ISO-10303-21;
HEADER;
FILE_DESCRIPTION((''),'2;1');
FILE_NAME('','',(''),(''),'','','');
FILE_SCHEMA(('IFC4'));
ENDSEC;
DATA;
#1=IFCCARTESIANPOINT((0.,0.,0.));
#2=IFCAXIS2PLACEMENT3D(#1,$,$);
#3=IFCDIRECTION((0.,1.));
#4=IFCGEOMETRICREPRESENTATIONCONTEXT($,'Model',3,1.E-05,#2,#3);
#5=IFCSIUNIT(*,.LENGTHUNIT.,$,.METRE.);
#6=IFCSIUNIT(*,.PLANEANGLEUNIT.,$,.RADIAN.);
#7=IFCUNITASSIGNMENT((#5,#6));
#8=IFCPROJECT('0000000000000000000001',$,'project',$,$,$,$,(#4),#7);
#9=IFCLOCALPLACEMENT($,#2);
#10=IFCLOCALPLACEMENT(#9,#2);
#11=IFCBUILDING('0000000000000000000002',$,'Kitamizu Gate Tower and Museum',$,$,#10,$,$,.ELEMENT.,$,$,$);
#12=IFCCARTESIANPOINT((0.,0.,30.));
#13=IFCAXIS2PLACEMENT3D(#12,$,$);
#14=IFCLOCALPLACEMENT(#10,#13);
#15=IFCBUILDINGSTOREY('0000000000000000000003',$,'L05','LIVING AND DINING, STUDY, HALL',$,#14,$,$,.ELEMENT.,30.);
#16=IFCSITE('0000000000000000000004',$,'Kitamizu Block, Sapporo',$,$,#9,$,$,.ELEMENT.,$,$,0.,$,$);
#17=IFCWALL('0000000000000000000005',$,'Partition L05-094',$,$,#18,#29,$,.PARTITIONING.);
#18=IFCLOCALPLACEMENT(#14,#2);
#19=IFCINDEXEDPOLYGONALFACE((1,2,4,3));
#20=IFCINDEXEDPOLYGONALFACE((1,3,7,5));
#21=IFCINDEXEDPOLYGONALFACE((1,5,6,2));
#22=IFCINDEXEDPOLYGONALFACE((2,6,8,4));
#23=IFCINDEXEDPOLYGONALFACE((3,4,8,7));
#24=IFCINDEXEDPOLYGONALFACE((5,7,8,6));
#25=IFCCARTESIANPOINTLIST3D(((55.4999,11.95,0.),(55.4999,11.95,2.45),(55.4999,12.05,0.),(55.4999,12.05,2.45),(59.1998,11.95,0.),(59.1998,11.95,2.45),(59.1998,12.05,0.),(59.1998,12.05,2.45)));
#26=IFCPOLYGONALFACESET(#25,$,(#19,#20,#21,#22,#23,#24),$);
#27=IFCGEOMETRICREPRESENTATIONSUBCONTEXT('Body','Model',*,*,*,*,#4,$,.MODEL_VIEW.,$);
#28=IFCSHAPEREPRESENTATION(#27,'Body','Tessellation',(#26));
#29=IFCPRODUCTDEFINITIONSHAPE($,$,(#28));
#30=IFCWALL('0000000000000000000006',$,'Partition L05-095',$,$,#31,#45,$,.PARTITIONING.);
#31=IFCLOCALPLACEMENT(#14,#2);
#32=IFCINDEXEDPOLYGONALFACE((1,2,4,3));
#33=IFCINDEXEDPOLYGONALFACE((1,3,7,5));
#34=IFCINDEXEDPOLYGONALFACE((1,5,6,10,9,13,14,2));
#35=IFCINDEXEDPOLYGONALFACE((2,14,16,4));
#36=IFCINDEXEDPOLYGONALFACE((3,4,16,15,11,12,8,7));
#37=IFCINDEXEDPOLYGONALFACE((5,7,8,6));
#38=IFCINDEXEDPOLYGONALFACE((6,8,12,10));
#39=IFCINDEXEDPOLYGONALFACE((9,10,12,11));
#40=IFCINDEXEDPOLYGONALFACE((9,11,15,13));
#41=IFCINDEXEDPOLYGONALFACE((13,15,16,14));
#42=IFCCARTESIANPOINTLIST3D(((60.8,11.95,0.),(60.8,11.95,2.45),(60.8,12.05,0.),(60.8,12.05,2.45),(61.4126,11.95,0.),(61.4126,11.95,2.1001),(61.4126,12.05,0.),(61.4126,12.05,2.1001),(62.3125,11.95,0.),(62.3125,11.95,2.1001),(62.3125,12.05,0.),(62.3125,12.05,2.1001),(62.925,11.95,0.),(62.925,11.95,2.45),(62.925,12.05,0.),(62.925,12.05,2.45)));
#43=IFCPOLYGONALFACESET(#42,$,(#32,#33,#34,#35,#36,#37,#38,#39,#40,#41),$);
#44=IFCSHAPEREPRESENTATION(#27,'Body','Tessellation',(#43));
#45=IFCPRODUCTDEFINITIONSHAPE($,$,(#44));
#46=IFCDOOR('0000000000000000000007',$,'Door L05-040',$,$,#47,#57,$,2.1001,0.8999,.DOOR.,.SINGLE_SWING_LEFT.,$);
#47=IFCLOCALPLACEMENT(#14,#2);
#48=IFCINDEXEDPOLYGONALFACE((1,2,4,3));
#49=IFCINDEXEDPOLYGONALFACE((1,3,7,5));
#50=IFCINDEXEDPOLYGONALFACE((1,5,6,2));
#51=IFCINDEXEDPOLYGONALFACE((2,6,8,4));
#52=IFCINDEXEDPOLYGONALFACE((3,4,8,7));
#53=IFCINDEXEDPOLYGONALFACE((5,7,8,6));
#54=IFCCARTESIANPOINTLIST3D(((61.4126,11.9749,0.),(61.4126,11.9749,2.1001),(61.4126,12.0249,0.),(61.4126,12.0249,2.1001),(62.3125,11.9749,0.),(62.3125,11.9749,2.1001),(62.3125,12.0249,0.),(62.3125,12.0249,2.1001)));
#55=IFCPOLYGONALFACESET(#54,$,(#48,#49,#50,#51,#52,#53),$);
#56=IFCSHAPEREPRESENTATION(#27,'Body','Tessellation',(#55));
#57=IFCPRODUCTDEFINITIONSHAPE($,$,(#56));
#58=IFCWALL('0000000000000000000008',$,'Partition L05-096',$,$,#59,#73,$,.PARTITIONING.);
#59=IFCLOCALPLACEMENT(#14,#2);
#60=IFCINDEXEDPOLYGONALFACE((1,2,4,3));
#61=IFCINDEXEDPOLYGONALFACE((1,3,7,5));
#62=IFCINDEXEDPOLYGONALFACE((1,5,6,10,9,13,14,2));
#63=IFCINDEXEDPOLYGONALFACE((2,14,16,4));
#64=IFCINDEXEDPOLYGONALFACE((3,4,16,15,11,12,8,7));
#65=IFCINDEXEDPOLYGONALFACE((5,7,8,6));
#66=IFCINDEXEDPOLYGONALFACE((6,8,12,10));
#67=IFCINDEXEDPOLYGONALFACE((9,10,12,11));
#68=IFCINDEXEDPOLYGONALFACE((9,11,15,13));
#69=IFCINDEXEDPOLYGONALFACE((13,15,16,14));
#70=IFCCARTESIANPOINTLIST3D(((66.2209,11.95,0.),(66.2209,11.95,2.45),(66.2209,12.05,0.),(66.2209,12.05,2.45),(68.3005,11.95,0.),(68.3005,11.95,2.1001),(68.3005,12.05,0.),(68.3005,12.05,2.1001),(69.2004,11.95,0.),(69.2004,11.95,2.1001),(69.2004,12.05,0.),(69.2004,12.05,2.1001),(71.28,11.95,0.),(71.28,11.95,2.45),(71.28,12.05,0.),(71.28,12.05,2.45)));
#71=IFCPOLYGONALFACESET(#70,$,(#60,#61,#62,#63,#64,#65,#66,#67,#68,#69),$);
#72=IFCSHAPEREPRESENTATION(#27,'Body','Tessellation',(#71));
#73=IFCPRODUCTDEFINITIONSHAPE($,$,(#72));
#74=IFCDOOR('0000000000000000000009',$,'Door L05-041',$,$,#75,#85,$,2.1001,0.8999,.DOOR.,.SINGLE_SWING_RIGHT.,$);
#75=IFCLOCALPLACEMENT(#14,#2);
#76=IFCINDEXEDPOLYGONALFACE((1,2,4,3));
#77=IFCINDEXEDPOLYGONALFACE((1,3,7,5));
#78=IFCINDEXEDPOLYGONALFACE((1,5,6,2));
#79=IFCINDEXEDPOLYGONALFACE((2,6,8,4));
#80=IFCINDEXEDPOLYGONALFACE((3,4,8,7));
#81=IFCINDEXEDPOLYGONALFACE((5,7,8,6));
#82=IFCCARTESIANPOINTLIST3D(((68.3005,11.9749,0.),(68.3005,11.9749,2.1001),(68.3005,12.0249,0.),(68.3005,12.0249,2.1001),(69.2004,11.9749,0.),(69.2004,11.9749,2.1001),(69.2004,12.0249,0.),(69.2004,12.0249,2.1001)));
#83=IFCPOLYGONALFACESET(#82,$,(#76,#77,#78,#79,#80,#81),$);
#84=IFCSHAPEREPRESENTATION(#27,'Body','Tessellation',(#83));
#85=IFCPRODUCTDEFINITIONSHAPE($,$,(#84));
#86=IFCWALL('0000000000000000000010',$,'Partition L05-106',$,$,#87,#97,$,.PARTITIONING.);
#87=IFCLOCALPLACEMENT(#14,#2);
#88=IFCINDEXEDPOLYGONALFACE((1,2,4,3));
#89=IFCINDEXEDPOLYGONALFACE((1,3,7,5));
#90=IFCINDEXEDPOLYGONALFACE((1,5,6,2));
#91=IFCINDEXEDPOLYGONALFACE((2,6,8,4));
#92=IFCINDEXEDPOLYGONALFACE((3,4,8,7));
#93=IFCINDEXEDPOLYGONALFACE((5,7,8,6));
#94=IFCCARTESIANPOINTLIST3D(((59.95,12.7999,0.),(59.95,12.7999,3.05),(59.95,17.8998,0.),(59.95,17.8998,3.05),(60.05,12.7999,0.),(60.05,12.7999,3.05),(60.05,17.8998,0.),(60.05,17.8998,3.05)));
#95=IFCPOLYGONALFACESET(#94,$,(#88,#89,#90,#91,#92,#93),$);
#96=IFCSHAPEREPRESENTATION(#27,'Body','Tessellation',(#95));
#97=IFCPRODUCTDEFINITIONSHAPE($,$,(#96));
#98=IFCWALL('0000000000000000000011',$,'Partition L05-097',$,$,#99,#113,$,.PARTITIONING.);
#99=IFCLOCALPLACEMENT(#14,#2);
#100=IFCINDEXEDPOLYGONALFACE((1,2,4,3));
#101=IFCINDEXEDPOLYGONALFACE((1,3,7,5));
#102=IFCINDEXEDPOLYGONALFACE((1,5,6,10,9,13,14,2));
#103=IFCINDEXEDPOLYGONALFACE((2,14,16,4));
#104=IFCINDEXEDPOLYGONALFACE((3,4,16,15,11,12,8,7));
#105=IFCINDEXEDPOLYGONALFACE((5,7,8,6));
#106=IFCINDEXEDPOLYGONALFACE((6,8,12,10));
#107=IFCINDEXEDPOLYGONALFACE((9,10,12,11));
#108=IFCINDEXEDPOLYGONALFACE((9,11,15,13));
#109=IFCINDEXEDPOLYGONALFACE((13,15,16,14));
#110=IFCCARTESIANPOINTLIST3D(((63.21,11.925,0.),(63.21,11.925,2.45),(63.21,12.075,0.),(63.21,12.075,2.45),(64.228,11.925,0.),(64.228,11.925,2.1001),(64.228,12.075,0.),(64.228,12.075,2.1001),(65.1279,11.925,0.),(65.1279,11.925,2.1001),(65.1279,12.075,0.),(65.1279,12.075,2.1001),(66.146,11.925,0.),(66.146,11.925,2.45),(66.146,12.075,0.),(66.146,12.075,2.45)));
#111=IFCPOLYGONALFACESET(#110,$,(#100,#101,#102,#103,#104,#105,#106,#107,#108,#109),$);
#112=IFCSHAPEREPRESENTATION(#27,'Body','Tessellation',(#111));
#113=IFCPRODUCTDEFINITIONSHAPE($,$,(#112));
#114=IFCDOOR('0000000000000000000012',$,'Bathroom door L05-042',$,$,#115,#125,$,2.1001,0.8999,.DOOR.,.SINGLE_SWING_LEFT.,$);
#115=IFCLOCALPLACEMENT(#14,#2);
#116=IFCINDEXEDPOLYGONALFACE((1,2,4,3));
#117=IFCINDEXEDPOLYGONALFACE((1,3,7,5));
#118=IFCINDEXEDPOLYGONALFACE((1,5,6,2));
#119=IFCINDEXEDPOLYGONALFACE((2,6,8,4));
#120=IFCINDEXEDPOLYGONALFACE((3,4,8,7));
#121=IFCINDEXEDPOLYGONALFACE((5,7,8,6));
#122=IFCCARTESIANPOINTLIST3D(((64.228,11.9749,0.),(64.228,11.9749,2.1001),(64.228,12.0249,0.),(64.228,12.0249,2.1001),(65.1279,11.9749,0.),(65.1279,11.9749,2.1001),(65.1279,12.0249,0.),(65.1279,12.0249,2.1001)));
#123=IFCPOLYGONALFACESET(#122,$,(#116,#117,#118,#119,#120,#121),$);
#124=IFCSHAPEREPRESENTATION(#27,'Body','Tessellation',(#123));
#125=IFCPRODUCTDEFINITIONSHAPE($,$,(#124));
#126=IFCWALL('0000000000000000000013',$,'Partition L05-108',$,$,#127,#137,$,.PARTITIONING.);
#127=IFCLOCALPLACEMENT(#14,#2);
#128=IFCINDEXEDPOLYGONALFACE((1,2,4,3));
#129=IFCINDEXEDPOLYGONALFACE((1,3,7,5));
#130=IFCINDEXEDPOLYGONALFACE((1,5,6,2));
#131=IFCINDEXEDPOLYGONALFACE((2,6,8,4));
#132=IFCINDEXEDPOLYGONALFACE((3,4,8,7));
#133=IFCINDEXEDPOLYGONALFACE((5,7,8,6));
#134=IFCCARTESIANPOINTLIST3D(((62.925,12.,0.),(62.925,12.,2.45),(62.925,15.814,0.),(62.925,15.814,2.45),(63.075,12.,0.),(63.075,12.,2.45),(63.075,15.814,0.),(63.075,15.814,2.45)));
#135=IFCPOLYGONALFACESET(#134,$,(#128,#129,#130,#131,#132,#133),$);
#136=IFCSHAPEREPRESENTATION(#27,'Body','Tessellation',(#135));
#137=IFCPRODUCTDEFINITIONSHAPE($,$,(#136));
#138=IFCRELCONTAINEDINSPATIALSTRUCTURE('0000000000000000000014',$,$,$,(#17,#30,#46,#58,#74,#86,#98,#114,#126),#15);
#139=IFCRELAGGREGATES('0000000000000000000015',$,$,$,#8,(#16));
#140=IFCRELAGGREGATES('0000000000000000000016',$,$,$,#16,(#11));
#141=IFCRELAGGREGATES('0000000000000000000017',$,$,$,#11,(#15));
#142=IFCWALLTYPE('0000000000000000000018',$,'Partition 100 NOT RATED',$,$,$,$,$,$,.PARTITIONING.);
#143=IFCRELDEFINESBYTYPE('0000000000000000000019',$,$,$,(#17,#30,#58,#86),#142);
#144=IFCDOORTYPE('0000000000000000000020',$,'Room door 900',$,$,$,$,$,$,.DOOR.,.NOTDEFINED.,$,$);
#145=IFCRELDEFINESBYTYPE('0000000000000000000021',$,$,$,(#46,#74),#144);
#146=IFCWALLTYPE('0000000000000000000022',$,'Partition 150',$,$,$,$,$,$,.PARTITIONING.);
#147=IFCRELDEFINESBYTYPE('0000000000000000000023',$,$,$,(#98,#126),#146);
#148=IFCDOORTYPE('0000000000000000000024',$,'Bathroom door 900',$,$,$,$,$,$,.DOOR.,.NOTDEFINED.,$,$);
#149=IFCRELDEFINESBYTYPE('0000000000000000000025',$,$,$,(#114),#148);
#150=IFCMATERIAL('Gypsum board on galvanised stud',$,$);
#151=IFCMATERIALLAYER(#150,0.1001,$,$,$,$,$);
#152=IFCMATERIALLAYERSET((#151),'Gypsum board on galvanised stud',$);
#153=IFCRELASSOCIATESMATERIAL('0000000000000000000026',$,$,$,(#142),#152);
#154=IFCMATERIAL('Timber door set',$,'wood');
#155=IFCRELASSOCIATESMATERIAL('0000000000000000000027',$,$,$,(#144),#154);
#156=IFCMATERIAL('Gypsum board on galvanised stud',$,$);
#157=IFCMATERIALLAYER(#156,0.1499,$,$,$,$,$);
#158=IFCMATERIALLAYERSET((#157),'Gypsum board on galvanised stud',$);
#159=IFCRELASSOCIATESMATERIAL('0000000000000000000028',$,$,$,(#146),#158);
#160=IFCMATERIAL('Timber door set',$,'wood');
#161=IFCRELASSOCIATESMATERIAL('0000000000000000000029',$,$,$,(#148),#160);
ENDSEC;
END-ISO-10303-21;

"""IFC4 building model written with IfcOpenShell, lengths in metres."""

from ifc_helpers import new_model, si_unit, direction, frame, frame_2d, origin, place, context, subcontext, project, spatial, rectangle, extrude, material, layer, layer_set, type_object, element, fill, save


model = new_model("IFC4")

# Units and contexts
model_context = context("Model", 3, precision=1e-05, world=origin(), true_north=direction((0.0, 1.0)))
body_context = subcontext(model_context, "Body", "Model", "MODEL_VIEW")
ifc_project = project(units=[si_unit("LENGTHUNIT", "METRE"), si_unit("PLANEANGLEUNIT", "RADIAN")], contexts=[model_context])

# Site, building, storey
site_placement = place(None, origin())
site = spatial("IfcSite", under=ifc_project, at=site_placement, Name="Kitamizu Block, Sapporo", CompositionType="ELEMENT", RefElevation=0.0)
building_placement = place(site_placement, origin())
building = spatial("IfcBuilding", under=site, at=building_placement, Name="Kitamizu Gate Tower and Museum", CompositionType="ELEMENT")
storey_placement = place(building_placement, frame((0.0, 0.0, 30.0)))
storey = spatial("IfcBuildingStorey", under=building, at=storey_placement, Name="L05", Description="LIVING AND DINING, STUDY, HALL", CompositionType="ELEMENT", Elevation=30.0)

# Wall
ifc_material_1 = material(Name="Gypsum board on galvanised stud")
ifc_layer_1 = layer(ifc_material_1, 0.1001)
ifc_layer_set_1 = layer_set([ifc_layer_1], Name="Gypsum board on galvanised stud")
wall_type_1 = type_object("IfcWallType", Name="Partition 100 NOT RATED", PredefinedType="PARTITIONING", material=ifc_layer_set_1)
wall_1_placement = place(storey_placement, frame((59.2, 12.0, 0.0), z_axis=(0.0, 0.0, 1.0), x_axis=(-1.0, 0.0, 0.0)))
element("IfcWall", 1, at=wall_1_placement, inside=storey, type_object=wall_type_1, Name="Partition L05-094", PredefinedType="PARTITIONING", context=body_context, shape_type="SweptSolid", body=[
    extrude(rectangle(XDim=3.7, YDim=0.1001, at=frame_2d((1.8501, 0.0))), origin(), (0.0, 0.0, 1.0), 2.45),
])

# Walls, openings, doors
wall_2_placement = place(storey_placement, frame((62.925, 12.0, 0.0), z_axis=(0.0, 0.0, 1.0), x_axis=(-1.0, 0.0, 0.0)))
wall_2 = element("IfcWall", 2, at=wall_2_placement, inside=storey, type_object=wall_type_1, Name="Partition L05-095", PredefinedType="PARTITIONING", context=body_context, shape_type="SweptSolid", body=[
    extrude(rectangle(XDim=2.125, YDim=0.1001, at=frame_2d((1.0625, 0.0))), origin(), (0.0, 0.0, 1.0), 2.45),
])
opening_1_placement = place(wall_2_placement, frame((0.6125, 0.0, 0.0)))
opening_1 = element("IfcOpeningElement", 3, at=opening_1_placement, cuts=wall_2, PredefinedType="OPENING", context=body_context, shape_type="SweptSolid", body=[
    extrude(rectangle(XDim=0.8999, YDim=2.1001, at=frame_2d((0.45, 1.05))), frame((0.0, 0.0601, 0.0), z_axis=(0.0, -1.0, 0.0), x_axis=(1.0, 0.0, 0.0)), (0.0, 0.0, 1.0), 0.1201),
])
ifc_material_2 = material(Name="Timber door set", Category="wood")
door_type_1 = type_object("IfcDoorType", Name="Room door 900", OperationType="NOTDEFINED", PredefinedType="DOOR", material=ifc_material_2)
door_1_placement = place(opening_1_placement, frame((0.8999, 0.0, 0.0), x_axis=(-1.0, 0.0, 0.0)))
door_1 = element("IfcDoor", 4, at=door_1_placement, inside=storey, type_object=door_type_1, Name="Door L05-040", OperationType="SINGLE_SWING_LEFT", OverallHeight=2.1001, OverallWidth=0.8999, PredefinedType="DOOR", context=body_context, shape_type="SweptSolid", body=[
    extrude(rectangle(XDim=0.8999, YDim=2.1001, at=frame_2d((0.45, 1.05))), frame((0.0, 0.0249, 0.0), z_axis=(0.0, -1.0, 0.0), x_axis=(1.0, 0.0, 0.0)), (0.0, 0.0, 1.0), 0.05),
])
fill(opening_1, door_1)
wall_3_placement = place(storey_placement, frame((71.28, 12.0, 0.0), z_axis=(0.0, 0.0, 1.0), x_axis=(-1.0, 0.0, 0.0)))
wall_3 = element("IfcWall", 5, at=wall_3_placement, inside=storey, type_object=wall_type_1, Name="Partition L05-096", PredefinedType="PARTITIONING", context=body_context, shape_type="SweptSolid", body=[
    extrude(rectangle(XDim=5.0591, YDim=0.1001, at=frame_2d((2.5295, 0.0))), origin(), (0.0, 0.0, 1.0), 2.45),
])
opening_2_placement = place(wall_3_placement, frame((2.0796, 0.0, 0.0)))
opening_2 = element("IfcOpeningElement", 6, at=opening_2_placement, cuts=wall_3, PredefinedType="OPENING", context=body_context, shape_type="SweptSolid", body=[
    extrude(rectangle(XDim=0.8999, YDim=2.1001, at=frame_2d((0.45, 1.05))), frame((0.0, 0.0601, 0.0), z_axis=(0.0, -1.0, 0.0), x_axis=(1.0, 0.0, 0.0)), (0.0, 0.0, 1.0), 0.1201),
])
door_2_placement = place(opening_2_placement, frame((0.8999, 0.0, 0.0), x_axis=(-1.0, 0.0, 0.0)))
door_2 = element("IfcDoor", 7, at=door_2_placement, inside=storey, type_object=door_type_1, Name="Door L05-041", OperationType="SINGLE_SWING_RIGHT", OverallHeight=2.1001, OverallWidth=0.8999, PredefinedType="DOOR", context=body_context, shape_type="SweptSolid", body=[
    extrude(rectangle(XDim=0.8999, YDim=2.1001, at=frame_2d((0.45, 1.05))), frame((0.0, 0.0249, 0.0), z_axis=(0.0, -1.0, 0.0), x_axis=(1.0, 0.0, 0.0)), (0.0, 0.0, 1.0), 0.05),
])
fill(opening_2, door_2)

# Wall
wall_4_placement = place(storey_placement, frame((60.0, 12.8, 0.0), z_axis=(0.0, 0.0, 1.0), x_axis=(0.0, 1.0, 0.0)))
element("IfcWall", 8, at=wall_4_placement, inside=storey, type_object=wall_type_1, Name="Partition L05-106", PredefinedType="PARTITIONING", context=body_context, shape_type="SweptSolid", body=[
    extrude(rectangle(XDim=5.0999, YDim=0.1001, at=frame_2d((2.5498, 0.0))), origin(), (0.0, 0.0, 1.0), 3.05),
])

# Wall, opening, door
ifc_material_3 = material(Name="Gypsum board on galvanised stud")
ifc_layer_2 = layer(ifc_material_3, 0.1499)
ifc_layer_set_2 = layer_set([ifc_layer_2], Name="Gypsum board on galvanised stud")
wall_type_2 = type_object("IfcWallType", Name="Partition 150", PredefinedType="PARTITIONING", material=ifc_layer_set_2)
wall_5_placement = place(storey_placement, frame((66.146, 12.0, 0.0), z_axis=(0.0, 0.0, 1.0), x_axis=(-1.0, 0.0, 0.0)))
wall_5 = element("IfcWall", 9, at=wall_5_placement, inside=storey, type_object=wall_type_2, Name="Partition L05-097", PredefinedType="PARTITIONING", context=body_context, shape_type="SweptSolid", body=[
    extrude(rectangle(XDim=2.936, YDim=0.1499, at=frame_2d((1.468, 0.0))), origin(), (0.0, 0.0, 1.0), 2.45),
])
opening_3_placement = place(wall_5_placement, frame((1.0181, 0.0, 0.0)))
opening_3 = element("IfcOpeningElement", 10, at=opening_3_placement, cuts=wall_5, PredefinedType="OPENING", context=body_context, shape_type="SweptSolid", body=[
    extrude(rectangle(XDim=0.8999, YDim=2.1001, at=frame_2d((0.45, 1.05))), frame((0.0, 0.085, 0.0), z_axis=(0.0, -1.0, 0.0), x_axis=(1.0, 0.0, 0.0)), (0.0, 0.0, 1.0), 0.1699),
])
ifc_material_4 = material(Name="Timber door set", Category="wood")
door_type_2 = type_object("IfcDoorType", Name="Bathroom door 900", OperationType="NOTDEFINED", PredefinedType="DOOR", material=ifc_material_4)
door_3_placement = place(opening_3_placement, frame((0.8999, 0.0, 0.0), x_axis=(-1.0, 0.0, 0.0)))
door_3 = element("IfcDoor", 11, at=door_3_placement, inside=storey, type_object=door_type_2, Name="Bathroom door L05-042", OperationType="SINGLE_SWING_LEFT", OverallHeight=2.1001, OverallWidth=0.8999, PredefinedType="DOOR", context=body_context, shape_type="SweptSolid", body=[
    extrude(rectangle(XDim=0.8999, YDim=2.1001, at=frame_2d((0.45, 1.05))), frame((0.0, 0.0249, 0.0), z_axis=(0.0, -1.0, 0.0), x_axis=(1.0, 0.0, 0.0)), (0.0, 0.0, 1.0), 0.05),
])
fill(opening_3, door_3)

# Wall
wall_6_placement = place(storey_placement, frame((63.0, 12.0, 0.0), z_axis=(0.0, 0.0, 1.0), x_axis=(0.0, 1.0, 0.0)))
element("IfcWall", 12, at=wall_6_placement, inside=storey, type_object=wall_type_2, Name="Partition L05-108", PredefinedType="PARTITIONING", context=body_context, shape_type="SweptSolid", body=[
    extrude(rectangle(XDim=3.814, YDim=0.1499, at=frame_2d((1.907, 0.0))), origin(), (0.0, 0.0, 1.0), 2.45),
])

save(model, "model.ifc")
